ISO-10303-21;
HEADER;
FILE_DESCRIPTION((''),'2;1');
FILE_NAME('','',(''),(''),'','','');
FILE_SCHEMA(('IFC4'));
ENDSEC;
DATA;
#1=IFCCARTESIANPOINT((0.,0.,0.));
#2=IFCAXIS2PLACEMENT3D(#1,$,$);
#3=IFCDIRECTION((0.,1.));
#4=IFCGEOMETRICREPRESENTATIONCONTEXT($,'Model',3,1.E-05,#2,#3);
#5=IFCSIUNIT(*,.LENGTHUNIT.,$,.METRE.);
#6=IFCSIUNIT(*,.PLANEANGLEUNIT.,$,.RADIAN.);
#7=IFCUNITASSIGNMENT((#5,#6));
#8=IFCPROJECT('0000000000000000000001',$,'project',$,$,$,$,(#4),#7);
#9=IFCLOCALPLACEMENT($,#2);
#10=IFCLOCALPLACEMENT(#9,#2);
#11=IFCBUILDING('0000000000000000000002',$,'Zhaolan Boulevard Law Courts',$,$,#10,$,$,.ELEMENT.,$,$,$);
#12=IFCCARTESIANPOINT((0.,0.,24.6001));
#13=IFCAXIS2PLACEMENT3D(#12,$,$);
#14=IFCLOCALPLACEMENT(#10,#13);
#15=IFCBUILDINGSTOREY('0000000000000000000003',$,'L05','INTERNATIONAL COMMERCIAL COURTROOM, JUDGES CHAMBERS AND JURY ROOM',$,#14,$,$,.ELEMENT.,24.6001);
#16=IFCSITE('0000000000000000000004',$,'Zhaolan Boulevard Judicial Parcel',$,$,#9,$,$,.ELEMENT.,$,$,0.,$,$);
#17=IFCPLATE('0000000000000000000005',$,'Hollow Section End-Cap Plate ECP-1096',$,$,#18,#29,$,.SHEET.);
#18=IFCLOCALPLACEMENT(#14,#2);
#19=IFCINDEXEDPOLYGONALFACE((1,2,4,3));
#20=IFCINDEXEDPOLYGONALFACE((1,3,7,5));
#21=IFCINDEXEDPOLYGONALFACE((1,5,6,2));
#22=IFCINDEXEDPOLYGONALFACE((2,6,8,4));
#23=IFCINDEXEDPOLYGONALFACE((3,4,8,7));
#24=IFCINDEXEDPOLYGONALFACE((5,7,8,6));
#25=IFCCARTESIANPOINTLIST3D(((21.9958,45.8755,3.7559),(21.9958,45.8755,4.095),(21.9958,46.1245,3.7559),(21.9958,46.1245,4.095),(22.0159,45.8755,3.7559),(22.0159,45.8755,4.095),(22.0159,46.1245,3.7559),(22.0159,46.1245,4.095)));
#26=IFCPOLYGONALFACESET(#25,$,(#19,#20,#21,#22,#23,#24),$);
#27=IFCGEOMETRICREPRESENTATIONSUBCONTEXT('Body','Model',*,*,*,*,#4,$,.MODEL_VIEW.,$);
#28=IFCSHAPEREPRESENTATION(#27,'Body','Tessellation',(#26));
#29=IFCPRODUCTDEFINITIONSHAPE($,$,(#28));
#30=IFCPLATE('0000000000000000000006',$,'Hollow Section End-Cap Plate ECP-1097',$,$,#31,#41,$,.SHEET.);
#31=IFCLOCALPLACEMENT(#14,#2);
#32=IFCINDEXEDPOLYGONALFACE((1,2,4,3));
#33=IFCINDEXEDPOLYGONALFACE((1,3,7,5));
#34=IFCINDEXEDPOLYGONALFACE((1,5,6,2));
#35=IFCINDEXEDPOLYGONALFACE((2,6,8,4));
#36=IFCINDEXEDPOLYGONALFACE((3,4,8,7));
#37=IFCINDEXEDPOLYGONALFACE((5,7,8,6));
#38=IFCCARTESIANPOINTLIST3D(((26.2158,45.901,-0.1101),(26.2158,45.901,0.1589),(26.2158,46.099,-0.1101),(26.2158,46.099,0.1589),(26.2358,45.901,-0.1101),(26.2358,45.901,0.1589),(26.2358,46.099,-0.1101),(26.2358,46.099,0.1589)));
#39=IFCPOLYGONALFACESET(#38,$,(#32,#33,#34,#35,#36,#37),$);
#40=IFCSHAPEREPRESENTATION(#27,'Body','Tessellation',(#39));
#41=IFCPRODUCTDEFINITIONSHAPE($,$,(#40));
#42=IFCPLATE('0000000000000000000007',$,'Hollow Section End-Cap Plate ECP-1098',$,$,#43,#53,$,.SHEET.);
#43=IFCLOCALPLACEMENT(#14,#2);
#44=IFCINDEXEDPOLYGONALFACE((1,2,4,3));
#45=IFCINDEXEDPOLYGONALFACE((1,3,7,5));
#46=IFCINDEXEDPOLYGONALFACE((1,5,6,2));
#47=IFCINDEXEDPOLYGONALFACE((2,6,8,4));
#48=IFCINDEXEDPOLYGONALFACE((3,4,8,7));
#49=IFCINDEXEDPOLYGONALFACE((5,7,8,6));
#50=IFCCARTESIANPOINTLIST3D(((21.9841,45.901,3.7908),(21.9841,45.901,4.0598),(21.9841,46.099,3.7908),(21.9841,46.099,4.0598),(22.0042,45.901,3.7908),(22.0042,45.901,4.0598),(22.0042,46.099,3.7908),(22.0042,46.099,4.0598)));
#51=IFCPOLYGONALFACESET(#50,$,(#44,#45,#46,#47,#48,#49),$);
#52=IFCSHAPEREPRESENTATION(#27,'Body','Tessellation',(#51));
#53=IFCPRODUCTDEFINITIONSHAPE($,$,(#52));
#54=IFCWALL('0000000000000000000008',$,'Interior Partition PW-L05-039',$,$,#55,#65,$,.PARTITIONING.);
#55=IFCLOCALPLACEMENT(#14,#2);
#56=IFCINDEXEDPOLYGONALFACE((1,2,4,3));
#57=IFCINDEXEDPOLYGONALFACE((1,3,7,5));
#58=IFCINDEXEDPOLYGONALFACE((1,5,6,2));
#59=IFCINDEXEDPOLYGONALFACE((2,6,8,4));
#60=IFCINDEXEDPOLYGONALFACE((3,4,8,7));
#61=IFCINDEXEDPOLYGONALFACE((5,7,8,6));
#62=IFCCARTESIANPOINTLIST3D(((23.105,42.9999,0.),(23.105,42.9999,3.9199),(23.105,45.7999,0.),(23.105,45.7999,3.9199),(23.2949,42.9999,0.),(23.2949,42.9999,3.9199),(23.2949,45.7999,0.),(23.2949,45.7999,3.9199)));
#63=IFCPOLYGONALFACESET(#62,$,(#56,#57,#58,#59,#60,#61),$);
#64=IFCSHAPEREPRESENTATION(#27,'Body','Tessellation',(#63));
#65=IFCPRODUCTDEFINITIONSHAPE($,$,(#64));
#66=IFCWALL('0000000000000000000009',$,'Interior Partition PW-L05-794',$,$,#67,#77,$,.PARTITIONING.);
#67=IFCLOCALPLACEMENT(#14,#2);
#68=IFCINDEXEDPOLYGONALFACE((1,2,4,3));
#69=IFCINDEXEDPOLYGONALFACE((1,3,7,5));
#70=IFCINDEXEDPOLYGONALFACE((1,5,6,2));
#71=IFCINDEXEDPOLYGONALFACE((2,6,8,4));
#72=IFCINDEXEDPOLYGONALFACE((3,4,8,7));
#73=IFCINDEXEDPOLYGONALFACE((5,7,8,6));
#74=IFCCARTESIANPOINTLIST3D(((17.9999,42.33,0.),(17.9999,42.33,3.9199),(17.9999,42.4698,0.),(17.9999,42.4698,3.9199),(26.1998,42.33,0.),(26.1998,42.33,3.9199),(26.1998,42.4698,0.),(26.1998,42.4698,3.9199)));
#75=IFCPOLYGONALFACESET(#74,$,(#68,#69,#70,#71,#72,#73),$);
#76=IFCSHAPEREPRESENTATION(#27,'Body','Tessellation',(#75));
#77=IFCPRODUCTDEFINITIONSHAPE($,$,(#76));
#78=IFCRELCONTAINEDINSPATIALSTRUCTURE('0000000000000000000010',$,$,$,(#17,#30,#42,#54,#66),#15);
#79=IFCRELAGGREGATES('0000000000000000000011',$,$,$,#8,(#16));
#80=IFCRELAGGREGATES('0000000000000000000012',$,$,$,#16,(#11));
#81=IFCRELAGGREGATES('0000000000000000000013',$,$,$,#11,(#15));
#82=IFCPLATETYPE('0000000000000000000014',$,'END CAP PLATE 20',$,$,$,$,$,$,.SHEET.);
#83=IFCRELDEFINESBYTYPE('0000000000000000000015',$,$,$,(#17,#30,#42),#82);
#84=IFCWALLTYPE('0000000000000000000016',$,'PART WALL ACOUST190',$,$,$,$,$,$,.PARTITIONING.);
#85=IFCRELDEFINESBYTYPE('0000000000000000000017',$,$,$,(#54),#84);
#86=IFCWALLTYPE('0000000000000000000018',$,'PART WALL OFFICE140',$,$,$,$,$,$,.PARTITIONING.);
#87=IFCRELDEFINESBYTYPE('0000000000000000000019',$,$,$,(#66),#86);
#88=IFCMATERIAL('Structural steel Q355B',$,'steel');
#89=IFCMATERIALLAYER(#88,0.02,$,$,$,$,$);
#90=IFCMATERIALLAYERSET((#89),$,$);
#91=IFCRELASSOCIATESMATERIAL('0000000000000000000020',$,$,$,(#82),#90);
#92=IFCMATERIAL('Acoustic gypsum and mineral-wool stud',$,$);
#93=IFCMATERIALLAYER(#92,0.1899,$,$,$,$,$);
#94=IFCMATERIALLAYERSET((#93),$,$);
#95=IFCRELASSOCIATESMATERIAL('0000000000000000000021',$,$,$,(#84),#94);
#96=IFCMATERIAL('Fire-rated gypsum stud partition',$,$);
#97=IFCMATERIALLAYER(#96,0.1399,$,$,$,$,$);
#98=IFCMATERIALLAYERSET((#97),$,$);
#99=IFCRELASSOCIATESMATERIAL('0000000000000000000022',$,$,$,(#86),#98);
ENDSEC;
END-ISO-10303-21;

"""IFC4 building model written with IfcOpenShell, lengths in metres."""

from ifc_helpers import new_model, si_unit, direction, frame, frame_2d, origin, origin_2d, place, context, subcontext, project, spatial, rectangle, extrude, material, layer, layer_set, type_object, element, save


model = new_model("IFC4")

# Units and contexts
model_context = context("Model", 3, precision=1e-05, world=origin(), true_north=direction((0.0, 1.0)))
body_context = subcontext(model_context, "Body", "Model", "MODEL_VIEW")
ifc_project = project(units=[si_unit("LENGTHUNIT", "METRE"), si_unit("PLANEANGLEUNIT", "RADIAN")], contexts=[model_context])

# Site, building, storey
site_placement = place(None, origin())
site = spatial("IfcSite", under=ifc_project, at=site_placement, Name="Zhaolan Boulevard Judicial Parcel", CompositionType="ELEMENT", RefElevation=0.0)
building_placement = place(site_placement, origin())
building = spatial("IfcBuilding", under=site, at=building_placement, Name="Zhaolan Boulevard Law Courts", CompositionType="ELEMENT")
storey_placement = place(building_placement, frame((0.0, 0.0, 24.6001)))
storey = spatial("IfcBuildingStorey", under=building, at=storey_placement, Name="L05", Description="INTERNATIONAL COMMERCIAL COURTROOM, JUDGES CHAMBERS AND JURY ROOM", CompositionType="ELEMENT", Elevation=24.6001)

# Plates
ifc_material_1 = material(Name="Structural steel Q355B", Category="steel")
ifc_layer_1 = layer(ifc_material_1, 0.02)
ifc_layer_set_1 = layer_set([ifc_layer_1])
plate_type_1 = type_object("IfcPlateType", Name="END CAP PLATE 20", PredefinedType="SHEET", material=ifc_layer_set_1)
plate_placement = place(storey_placement, frame((22.0059, 46.0, 3.7559), z_axis=(0.0, 0.0, 1.0), x_axis=(1.0, 0.0, 0.0)))
element("IfcPlate", 1, at=plate_placement, inside=storey, type_object=plate_type_1, Name="Hollow Section End-Cap Plate ECP-1096", PredefinedType="SHEET", context=body_context, shape_type="SweptSolid", body=[
    extrude(rectangle(XDim=0.02, YDim=0.249, at=origin_2d()), origin(), (0.0, 0.0, 1.0), 0.3391),
])
for number, where, z_axis, x_axis, name in (
    (2, (26.2258, 46.0, -0.1101), (0.0, 0.0, 1.0), (-1.0, 0.0, 0.0), "Hollow Section End-Cap Plate ECP-1097"),
    (3, (21.9941, 46.0, 3.7908), (0.0, 0.0, 1.0), (-1.0, 0.0, 0.0), "Hollow Section End-Cap Plate ECP-1098"),
):
    element("IfcPlate", number, at=place(storey_placement, frame(where, z_axis=z_axis, x_axis=x_axis)), inside=storey, type_object=plate_type_1, Name=name, PredefinedType="SHEET", context=body_context, shape_type="SweptSolid", body=[
        extrude(rectangle(XDim=0.02, YDim=0.198, at=origin_2d()), origin(), (0.0, 0.0, 1.0), 0.269),
    ])

# Walls
ifc_material_2 = material(Name="Acoustic gypsum and mineral-wool stud")
ifc_layer_2 = layer(ifc_material_2, 0.1899)
ifc_layer_set_2 = layer_set([ifc_layer_2])
wall_type_1 = type_object("IfcWallType", Name="PART WALL ACOUST190", PredefinedType="PARTITIONING", material=ifc_layer_set_2)
wall_1_placement = place(storey_placement, frame((23.2, 43.0, 0.0), z_axis=(0.0, 0.0, 1.0), x_axis=(0.0, 1.0, 0.0)))
element("IfcWall", 4, at=wall_1_placement, inside=storey, type_object=wall_type_1, Name="Interior Partition PW-L05-039", PredefinedType="PARTITIONING", context=body_context, shape_type="SweptSolid", body=[
    extrude(rectangle(XDim=2.8, YDim=0.1899, at=frame_2d((1.3999, 0.0))), origin(), (0.0, 0.0, 1.0), 3.9199),
])
ifc_material_3 = material(Name="Fire-rated gypsum stud partition")
ifc_layer_3 = layer(ifc_material_3, 0.1399)
ifc_layer_set_3 = layer_set([ifc_layer_3])
wall_type_2 = type_object("IfcWallType", Name="PART WALL OFFICE140", PredefinedType="PARTITIONING", material=ifc_layer_set_3)
wall_2_placement = place(storey_placement, frame((26.2, 42.3999, 0.0), z_axis=(0.0, 0.0, 1.0), x_axis=(-1.0, 0.0, 0.0)))
element("IfcWall", 5, at=wall_2_placement, inside=storey, type_object=wall_type_2, Name="Interior Partition PW-L05-794", PredefinedType="PARTITIONING", context=body_context, shape_type="SweptSolid", body=[
    extrude(rectangle(XDim=8.2, YDim=0.1399, at=frame_2d((4.1001, 0.0))), origin(), (0.0, 0.0, 1.0), 3.9199),
])

save(model, "model.ifc")
